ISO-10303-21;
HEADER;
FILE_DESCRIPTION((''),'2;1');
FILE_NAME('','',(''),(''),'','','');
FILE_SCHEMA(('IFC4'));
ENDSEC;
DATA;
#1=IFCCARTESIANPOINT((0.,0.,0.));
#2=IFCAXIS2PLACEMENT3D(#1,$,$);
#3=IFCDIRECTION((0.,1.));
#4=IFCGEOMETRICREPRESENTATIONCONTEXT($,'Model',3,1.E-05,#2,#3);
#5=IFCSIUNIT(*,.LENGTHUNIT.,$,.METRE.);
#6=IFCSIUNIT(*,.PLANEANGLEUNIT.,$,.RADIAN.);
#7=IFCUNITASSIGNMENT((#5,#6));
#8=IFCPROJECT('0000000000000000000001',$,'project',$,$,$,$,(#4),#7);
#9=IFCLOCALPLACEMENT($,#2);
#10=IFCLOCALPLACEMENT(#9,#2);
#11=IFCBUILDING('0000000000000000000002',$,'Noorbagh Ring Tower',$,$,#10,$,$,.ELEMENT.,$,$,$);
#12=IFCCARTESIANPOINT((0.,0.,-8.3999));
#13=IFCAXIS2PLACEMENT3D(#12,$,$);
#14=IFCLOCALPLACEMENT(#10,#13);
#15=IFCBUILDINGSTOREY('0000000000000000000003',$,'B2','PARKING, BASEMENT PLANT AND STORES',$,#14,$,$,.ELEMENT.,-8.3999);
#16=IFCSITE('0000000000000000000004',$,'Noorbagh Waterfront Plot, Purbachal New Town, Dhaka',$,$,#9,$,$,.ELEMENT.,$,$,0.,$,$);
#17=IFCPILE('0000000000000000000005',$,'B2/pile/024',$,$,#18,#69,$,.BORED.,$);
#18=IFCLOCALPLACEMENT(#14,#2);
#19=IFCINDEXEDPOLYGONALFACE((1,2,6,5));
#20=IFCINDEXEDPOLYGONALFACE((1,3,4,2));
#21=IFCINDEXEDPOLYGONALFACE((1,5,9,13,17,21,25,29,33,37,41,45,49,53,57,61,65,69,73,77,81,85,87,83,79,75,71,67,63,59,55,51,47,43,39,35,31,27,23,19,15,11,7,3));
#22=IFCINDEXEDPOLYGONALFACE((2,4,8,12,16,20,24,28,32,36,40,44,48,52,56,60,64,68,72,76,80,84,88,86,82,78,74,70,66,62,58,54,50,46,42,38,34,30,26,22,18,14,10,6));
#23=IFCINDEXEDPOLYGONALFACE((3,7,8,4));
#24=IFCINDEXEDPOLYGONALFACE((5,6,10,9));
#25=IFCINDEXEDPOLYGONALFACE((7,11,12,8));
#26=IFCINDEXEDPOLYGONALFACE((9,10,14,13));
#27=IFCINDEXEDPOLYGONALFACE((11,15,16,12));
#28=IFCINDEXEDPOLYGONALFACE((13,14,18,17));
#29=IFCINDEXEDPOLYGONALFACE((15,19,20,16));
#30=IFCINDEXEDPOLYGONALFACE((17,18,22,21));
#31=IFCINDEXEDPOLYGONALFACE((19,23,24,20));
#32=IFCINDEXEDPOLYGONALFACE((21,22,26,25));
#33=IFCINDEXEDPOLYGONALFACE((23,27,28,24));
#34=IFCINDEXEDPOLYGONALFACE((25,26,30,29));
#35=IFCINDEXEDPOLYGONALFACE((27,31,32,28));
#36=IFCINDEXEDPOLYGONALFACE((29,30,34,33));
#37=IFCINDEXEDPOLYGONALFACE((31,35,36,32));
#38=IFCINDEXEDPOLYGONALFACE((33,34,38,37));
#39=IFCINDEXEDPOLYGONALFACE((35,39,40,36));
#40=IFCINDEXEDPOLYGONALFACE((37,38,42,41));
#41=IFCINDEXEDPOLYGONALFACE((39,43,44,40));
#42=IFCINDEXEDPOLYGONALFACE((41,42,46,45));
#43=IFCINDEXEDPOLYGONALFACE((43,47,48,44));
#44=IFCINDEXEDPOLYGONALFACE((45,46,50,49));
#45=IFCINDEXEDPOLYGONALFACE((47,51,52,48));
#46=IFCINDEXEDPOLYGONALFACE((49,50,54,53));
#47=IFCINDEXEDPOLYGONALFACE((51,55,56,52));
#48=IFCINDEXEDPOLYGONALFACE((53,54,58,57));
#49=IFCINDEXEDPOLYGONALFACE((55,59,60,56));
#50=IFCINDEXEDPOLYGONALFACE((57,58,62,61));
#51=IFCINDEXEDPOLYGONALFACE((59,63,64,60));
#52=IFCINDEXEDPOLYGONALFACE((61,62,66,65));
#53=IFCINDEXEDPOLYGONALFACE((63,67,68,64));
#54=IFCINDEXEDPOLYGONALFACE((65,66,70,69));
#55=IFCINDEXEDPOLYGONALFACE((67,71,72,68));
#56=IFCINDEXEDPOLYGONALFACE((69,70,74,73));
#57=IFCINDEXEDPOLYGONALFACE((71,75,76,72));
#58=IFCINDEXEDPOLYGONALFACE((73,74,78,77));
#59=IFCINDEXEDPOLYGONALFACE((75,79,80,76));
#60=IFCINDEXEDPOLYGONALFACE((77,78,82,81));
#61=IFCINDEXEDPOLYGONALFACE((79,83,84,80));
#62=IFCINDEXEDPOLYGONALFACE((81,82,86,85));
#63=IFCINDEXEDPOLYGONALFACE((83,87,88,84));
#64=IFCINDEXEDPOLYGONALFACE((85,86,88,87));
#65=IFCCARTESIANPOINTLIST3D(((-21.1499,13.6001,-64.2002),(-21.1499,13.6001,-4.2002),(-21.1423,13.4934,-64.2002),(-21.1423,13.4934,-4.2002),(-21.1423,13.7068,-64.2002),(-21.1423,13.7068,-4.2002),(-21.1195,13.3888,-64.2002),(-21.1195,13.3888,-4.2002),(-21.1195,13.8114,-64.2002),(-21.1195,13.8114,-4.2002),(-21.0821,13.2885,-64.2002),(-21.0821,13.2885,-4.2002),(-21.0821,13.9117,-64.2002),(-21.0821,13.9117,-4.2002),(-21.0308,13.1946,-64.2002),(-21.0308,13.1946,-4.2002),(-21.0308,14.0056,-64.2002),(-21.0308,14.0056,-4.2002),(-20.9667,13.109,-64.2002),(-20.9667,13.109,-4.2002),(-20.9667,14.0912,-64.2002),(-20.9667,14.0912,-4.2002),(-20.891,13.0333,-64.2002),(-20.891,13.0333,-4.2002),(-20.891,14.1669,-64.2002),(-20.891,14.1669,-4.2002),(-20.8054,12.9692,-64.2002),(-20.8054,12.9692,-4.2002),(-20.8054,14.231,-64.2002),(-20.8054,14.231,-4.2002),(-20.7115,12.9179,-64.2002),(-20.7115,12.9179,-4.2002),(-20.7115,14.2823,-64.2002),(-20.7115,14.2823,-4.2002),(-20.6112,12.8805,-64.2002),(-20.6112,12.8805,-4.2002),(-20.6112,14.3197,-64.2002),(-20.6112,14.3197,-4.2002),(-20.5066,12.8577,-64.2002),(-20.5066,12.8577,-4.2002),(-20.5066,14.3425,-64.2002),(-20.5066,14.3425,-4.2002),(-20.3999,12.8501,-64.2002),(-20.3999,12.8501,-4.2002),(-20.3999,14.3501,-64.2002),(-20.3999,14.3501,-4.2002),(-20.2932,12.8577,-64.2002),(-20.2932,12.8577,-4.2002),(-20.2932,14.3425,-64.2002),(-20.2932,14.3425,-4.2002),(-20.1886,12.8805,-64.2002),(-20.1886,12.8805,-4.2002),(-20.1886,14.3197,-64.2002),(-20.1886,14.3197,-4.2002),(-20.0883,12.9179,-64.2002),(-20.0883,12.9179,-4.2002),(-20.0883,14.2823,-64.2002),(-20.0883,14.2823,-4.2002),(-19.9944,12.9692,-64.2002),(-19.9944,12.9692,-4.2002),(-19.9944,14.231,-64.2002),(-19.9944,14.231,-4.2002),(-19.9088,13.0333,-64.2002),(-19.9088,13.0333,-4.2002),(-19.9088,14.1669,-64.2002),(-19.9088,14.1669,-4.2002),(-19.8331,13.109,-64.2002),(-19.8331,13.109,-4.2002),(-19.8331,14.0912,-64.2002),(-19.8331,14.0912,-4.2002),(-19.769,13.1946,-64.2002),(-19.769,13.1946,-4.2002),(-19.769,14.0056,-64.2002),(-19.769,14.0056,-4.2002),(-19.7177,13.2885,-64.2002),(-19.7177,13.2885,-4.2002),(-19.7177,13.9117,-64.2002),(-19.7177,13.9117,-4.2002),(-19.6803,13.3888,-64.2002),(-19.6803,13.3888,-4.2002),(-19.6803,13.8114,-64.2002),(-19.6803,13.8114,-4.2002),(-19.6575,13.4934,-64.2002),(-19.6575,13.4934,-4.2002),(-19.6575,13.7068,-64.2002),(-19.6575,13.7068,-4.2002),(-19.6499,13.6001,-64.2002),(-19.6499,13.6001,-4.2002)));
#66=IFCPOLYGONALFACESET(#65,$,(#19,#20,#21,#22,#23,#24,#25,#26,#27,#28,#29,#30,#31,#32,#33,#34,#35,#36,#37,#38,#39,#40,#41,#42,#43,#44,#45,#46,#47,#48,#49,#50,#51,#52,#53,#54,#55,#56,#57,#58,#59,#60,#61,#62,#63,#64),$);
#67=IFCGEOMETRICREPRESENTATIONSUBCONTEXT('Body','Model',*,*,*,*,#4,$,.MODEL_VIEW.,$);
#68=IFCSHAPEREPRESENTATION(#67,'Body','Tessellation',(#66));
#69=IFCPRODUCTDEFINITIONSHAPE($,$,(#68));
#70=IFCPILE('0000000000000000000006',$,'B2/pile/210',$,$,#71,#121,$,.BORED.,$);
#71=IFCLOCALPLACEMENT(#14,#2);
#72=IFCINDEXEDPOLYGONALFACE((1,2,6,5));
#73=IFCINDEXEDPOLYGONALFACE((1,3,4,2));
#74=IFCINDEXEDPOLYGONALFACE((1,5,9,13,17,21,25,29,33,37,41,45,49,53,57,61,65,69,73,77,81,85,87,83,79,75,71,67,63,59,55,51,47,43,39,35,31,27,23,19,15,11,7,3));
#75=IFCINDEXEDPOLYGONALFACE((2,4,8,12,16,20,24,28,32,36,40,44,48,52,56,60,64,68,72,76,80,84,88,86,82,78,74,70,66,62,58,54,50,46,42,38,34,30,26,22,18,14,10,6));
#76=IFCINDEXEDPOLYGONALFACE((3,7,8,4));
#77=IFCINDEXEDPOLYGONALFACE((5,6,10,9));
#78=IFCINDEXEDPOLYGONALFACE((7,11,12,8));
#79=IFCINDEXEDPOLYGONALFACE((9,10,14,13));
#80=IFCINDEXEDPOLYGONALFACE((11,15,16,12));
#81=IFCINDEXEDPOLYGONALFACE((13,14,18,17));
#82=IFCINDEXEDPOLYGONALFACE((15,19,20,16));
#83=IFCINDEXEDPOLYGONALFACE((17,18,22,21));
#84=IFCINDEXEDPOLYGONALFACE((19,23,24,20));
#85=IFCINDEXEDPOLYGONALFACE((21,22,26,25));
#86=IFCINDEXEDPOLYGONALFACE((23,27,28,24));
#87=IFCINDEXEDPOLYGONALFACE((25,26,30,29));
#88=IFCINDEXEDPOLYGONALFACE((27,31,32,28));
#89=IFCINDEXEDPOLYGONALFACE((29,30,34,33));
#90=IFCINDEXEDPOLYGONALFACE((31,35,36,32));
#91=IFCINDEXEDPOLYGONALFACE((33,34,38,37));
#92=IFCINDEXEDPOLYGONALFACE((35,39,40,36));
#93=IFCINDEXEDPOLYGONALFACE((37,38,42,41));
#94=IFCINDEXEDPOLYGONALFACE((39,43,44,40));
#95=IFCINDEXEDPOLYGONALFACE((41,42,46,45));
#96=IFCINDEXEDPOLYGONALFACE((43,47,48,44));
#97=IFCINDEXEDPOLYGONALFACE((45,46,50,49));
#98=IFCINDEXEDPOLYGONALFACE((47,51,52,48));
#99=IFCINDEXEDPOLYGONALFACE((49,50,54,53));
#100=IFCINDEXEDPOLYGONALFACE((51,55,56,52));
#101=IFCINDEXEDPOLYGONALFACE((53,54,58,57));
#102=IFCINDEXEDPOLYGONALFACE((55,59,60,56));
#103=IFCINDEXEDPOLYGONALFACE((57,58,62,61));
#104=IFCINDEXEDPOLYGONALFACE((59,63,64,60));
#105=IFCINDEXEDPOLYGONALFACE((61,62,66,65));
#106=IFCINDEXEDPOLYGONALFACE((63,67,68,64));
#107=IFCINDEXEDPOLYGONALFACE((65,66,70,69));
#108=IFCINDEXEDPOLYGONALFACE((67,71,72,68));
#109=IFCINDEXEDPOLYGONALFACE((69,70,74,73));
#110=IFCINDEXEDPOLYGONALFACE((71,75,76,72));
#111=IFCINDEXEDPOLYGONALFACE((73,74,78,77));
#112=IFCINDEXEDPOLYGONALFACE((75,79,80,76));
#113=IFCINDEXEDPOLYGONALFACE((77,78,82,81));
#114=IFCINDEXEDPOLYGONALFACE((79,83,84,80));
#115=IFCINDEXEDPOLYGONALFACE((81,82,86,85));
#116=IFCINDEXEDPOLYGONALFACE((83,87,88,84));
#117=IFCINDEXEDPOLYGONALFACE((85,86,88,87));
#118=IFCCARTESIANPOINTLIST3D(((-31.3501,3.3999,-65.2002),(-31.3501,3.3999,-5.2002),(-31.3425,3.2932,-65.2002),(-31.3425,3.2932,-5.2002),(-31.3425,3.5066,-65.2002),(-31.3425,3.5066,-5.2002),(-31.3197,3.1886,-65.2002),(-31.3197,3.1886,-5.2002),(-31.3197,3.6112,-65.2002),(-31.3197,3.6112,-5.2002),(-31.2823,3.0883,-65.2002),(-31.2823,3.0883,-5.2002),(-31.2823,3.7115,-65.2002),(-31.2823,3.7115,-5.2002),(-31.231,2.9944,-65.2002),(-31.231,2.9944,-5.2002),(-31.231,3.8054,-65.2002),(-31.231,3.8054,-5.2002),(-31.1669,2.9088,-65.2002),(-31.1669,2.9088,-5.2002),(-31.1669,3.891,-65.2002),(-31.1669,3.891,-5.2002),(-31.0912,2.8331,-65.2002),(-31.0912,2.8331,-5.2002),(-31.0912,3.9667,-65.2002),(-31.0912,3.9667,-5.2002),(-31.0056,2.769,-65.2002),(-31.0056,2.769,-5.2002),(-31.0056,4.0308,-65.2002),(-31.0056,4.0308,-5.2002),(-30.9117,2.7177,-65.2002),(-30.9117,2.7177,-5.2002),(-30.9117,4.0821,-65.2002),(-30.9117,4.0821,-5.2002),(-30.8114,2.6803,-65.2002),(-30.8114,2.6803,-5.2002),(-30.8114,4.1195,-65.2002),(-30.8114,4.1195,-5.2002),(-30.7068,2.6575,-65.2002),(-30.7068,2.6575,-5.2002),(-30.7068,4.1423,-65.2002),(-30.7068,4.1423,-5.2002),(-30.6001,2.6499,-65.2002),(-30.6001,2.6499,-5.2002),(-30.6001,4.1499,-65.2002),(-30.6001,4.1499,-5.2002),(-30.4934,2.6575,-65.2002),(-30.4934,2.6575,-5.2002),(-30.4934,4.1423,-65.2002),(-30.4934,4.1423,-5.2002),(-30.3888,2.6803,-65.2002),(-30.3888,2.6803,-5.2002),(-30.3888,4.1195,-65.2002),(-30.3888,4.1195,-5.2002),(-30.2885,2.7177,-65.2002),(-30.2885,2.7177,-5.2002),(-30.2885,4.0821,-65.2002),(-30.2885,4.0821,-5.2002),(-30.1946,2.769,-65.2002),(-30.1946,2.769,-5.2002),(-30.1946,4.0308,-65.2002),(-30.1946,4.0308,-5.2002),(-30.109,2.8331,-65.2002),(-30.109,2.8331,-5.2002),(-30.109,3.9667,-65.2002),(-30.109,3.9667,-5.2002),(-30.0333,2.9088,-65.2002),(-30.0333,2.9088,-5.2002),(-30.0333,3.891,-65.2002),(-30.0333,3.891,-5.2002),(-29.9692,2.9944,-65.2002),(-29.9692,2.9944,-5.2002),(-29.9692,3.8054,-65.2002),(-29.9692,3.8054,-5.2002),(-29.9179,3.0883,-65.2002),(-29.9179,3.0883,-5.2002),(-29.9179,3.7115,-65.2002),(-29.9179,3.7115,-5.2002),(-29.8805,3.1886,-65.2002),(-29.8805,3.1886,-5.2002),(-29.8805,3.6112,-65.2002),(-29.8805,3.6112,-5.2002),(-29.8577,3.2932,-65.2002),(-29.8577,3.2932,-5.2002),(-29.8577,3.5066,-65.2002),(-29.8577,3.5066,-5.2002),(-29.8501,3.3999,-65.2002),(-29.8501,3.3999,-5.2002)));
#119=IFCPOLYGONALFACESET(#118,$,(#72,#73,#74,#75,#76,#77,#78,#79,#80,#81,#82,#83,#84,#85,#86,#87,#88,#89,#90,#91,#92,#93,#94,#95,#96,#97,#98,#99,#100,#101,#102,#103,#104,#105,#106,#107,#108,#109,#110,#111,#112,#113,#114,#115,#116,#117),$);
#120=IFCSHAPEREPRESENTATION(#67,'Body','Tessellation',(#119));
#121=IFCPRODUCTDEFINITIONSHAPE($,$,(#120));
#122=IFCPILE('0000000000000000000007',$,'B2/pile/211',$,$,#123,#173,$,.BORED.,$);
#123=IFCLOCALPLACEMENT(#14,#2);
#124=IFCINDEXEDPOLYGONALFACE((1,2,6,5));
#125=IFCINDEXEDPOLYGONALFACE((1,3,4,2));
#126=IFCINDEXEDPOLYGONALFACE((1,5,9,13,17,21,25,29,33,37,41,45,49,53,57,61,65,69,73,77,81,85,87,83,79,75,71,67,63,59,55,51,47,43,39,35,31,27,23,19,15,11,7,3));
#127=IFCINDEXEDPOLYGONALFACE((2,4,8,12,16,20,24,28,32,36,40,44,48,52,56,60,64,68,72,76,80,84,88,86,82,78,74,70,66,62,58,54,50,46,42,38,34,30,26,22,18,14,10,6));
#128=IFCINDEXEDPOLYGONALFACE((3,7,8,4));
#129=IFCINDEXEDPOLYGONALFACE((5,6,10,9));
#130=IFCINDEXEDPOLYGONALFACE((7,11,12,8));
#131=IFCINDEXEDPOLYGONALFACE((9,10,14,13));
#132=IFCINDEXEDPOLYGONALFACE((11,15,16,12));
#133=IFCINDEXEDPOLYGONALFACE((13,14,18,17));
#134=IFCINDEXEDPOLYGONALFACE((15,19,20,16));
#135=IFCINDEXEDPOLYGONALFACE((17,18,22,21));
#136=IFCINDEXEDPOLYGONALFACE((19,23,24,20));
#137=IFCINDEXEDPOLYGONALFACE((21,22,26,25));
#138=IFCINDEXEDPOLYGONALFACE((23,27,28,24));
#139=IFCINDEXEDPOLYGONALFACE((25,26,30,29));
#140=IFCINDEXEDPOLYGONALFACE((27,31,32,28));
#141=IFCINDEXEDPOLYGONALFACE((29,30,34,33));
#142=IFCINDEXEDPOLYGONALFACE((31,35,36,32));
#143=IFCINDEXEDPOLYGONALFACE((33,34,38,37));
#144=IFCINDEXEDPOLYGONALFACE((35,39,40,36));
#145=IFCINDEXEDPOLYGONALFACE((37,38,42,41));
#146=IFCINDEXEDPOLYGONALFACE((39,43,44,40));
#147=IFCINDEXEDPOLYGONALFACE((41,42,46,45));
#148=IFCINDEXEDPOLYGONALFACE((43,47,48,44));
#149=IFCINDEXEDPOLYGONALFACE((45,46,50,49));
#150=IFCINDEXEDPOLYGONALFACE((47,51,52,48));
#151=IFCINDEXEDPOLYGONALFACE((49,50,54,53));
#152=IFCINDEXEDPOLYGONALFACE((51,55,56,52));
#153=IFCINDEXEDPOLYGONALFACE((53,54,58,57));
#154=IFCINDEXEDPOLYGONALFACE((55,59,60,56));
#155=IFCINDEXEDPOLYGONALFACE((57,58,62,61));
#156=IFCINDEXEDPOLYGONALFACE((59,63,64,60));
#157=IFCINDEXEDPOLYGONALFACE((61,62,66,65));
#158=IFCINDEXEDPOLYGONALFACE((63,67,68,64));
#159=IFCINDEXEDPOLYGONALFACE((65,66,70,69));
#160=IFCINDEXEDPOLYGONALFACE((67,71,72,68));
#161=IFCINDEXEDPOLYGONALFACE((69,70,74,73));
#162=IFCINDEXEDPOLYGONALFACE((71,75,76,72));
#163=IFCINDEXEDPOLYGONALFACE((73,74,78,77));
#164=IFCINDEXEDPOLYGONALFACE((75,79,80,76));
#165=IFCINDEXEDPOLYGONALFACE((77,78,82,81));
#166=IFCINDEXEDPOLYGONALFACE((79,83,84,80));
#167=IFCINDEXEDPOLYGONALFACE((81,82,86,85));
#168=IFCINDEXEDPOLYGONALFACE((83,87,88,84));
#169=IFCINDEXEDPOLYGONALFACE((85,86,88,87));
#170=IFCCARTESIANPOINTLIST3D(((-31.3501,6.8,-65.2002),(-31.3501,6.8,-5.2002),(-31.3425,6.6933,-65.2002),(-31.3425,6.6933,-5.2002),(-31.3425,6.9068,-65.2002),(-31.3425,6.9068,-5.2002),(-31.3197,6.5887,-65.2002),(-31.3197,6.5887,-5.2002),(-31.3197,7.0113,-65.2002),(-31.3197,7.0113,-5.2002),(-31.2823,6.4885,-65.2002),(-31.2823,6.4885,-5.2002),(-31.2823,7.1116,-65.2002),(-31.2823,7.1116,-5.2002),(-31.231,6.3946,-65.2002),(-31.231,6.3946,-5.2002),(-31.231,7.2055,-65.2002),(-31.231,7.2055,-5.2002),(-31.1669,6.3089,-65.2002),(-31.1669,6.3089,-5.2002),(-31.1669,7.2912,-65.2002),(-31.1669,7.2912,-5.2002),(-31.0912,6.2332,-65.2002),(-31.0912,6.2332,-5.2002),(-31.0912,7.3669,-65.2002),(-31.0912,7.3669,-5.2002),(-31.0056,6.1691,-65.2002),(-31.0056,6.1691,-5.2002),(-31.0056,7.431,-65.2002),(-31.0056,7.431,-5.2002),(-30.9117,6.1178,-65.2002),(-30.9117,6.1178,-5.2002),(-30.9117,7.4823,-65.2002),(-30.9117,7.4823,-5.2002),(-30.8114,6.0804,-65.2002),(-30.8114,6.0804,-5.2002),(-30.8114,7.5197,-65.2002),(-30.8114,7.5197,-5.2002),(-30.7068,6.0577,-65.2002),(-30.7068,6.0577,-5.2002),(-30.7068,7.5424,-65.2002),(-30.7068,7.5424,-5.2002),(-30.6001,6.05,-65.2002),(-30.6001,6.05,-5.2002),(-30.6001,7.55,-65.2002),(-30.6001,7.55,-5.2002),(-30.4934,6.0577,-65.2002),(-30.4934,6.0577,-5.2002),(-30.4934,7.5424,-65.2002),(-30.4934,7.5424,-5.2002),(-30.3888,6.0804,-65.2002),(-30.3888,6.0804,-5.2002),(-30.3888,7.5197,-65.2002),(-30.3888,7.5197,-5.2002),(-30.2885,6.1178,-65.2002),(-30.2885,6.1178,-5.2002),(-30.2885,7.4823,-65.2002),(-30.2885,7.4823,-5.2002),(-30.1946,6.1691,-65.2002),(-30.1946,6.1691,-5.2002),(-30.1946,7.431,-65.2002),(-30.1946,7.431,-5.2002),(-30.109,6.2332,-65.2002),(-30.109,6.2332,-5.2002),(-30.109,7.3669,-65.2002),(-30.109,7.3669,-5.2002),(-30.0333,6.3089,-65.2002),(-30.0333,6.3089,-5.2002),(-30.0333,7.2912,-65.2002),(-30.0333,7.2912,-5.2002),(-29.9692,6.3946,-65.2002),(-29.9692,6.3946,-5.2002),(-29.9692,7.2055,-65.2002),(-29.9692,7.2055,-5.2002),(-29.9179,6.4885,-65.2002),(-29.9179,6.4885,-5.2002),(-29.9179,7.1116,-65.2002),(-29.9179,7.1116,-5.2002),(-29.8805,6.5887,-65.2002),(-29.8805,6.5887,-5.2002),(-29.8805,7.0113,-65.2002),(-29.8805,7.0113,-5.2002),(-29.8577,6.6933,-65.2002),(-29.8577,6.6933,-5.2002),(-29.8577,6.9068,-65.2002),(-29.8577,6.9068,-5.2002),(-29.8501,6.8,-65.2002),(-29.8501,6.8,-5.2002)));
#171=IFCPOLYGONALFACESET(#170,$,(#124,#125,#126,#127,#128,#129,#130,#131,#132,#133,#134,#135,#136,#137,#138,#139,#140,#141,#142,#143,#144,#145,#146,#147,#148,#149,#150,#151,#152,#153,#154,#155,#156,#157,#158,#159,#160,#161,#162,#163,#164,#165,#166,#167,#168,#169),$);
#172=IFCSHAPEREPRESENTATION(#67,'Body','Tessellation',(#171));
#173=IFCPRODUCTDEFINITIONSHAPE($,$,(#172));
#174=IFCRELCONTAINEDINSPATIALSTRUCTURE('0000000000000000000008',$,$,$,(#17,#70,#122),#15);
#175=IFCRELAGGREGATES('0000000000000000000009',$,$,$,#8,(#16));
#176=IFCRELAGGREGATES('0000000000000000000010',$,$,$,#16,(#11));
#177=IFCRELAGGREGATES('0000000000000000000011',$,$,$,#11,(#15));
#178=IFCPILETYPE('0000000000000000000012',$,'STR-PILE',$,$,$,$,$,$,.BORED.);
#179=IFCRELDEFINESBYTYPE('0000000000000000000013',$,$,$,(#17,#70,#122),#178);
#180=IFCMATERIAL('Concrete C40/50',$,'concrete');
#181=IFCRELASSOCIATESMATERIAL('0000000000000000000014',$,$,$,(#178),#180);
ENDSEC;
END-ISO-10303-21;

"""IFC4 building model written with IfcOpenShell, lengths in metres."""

from ifc_helpers import new_model, si_unit, direction, frame, origin, origin_2d, place, context, subcontext, project, spatial, circle, extrude, material, material_profile, profile_set, type_object, element, save


model = new_model("IFC4")

# Units and contexts
model_context = context("Model", 3, precision=1e-05, world=origin(), true_north=direction((0.0, 1.0)))
body_context = subcontext(model_context, "Body", "Model", "MODEL_VIEW")
ifc_project = project(units=[si_unit("LENGTHUNIT", "METRE"), si_unit("PLANEANGLEUNIT", "RADIAN")], contexts=[model_context])

# Site, building, storey
site_placement = place(None, origin())
site = spatial("IfcSite", under=ifc_project, at=site_placement, Name="Noorbagh Waterfront Plot, Purbachal New Town, Dhaka", CompositionType="ELEMENT", RefElevation=0.0)
building_placement = place(site_placement, origin())
building = spatial("IfcBuilding", under=site, at=building_placement, Name="Noorbagh Ring Tower", CompositionType="ELEMENT")
storey_placement = place(building_placement, frame((0.0, 0.0, -8.3999)))
storey = spatial("IfcBuildingStorey", under=building, at=storey_placement, Name="B2", Description="PARKING, BASEMENT PLANT AND STORES", CompositionType="ELEMENT", Elevation=-8.3999)

# Piles
ifc_material_1 = material(Name="Concrete C40/50", Category="concrete")
ifc_material_profile_1 = material_profile(ifc_material_1, circle(Radius=0.75, at=origin_2d()), Name="PILE1500")
ifc_profile_set_1 = profile_set([ifc_material_profile_1], Name="Concrete C40/50")
pile_type = type_object("IfcPileType", Name="STR-PILE", PredefinedType="BORED", material=ifc_profile_set_1)
for number, where, z_axis, x_axis, name in (
    (1, (-20.3999, 13.6001, -4.2002), (0.0, 0.0, -1.0), (1.0, 0.0, 0.0), "B2/pile/024"),
    (2, (-30.6001, 3.3999, -5.2002), (0.0, 0.0, -1.0), (1.0, 0.0, 0.0), "B2/pile/210"),
    (3, (-30.6001, 6.8, -5.2002), (0.0, 0.0, -1.0), (1.0, 0.0, 0.0), "B2/pile/211"),
):
    element("IfcPile", number, at=place(storey_placement, frame(where, z_axis=z_axis, x_axis=x_axis)), inside=storey, type_object=pile_type, Name=name, PredefinedType="BORED", context=body_context, shape_type="SweptSolid", body=[
        extrude(circle(Radius=0.75, at=origin_2d()), origin(), (0.0, 0.0, 1.0), 60.0),
    ])

save(model, "model.ifc")
